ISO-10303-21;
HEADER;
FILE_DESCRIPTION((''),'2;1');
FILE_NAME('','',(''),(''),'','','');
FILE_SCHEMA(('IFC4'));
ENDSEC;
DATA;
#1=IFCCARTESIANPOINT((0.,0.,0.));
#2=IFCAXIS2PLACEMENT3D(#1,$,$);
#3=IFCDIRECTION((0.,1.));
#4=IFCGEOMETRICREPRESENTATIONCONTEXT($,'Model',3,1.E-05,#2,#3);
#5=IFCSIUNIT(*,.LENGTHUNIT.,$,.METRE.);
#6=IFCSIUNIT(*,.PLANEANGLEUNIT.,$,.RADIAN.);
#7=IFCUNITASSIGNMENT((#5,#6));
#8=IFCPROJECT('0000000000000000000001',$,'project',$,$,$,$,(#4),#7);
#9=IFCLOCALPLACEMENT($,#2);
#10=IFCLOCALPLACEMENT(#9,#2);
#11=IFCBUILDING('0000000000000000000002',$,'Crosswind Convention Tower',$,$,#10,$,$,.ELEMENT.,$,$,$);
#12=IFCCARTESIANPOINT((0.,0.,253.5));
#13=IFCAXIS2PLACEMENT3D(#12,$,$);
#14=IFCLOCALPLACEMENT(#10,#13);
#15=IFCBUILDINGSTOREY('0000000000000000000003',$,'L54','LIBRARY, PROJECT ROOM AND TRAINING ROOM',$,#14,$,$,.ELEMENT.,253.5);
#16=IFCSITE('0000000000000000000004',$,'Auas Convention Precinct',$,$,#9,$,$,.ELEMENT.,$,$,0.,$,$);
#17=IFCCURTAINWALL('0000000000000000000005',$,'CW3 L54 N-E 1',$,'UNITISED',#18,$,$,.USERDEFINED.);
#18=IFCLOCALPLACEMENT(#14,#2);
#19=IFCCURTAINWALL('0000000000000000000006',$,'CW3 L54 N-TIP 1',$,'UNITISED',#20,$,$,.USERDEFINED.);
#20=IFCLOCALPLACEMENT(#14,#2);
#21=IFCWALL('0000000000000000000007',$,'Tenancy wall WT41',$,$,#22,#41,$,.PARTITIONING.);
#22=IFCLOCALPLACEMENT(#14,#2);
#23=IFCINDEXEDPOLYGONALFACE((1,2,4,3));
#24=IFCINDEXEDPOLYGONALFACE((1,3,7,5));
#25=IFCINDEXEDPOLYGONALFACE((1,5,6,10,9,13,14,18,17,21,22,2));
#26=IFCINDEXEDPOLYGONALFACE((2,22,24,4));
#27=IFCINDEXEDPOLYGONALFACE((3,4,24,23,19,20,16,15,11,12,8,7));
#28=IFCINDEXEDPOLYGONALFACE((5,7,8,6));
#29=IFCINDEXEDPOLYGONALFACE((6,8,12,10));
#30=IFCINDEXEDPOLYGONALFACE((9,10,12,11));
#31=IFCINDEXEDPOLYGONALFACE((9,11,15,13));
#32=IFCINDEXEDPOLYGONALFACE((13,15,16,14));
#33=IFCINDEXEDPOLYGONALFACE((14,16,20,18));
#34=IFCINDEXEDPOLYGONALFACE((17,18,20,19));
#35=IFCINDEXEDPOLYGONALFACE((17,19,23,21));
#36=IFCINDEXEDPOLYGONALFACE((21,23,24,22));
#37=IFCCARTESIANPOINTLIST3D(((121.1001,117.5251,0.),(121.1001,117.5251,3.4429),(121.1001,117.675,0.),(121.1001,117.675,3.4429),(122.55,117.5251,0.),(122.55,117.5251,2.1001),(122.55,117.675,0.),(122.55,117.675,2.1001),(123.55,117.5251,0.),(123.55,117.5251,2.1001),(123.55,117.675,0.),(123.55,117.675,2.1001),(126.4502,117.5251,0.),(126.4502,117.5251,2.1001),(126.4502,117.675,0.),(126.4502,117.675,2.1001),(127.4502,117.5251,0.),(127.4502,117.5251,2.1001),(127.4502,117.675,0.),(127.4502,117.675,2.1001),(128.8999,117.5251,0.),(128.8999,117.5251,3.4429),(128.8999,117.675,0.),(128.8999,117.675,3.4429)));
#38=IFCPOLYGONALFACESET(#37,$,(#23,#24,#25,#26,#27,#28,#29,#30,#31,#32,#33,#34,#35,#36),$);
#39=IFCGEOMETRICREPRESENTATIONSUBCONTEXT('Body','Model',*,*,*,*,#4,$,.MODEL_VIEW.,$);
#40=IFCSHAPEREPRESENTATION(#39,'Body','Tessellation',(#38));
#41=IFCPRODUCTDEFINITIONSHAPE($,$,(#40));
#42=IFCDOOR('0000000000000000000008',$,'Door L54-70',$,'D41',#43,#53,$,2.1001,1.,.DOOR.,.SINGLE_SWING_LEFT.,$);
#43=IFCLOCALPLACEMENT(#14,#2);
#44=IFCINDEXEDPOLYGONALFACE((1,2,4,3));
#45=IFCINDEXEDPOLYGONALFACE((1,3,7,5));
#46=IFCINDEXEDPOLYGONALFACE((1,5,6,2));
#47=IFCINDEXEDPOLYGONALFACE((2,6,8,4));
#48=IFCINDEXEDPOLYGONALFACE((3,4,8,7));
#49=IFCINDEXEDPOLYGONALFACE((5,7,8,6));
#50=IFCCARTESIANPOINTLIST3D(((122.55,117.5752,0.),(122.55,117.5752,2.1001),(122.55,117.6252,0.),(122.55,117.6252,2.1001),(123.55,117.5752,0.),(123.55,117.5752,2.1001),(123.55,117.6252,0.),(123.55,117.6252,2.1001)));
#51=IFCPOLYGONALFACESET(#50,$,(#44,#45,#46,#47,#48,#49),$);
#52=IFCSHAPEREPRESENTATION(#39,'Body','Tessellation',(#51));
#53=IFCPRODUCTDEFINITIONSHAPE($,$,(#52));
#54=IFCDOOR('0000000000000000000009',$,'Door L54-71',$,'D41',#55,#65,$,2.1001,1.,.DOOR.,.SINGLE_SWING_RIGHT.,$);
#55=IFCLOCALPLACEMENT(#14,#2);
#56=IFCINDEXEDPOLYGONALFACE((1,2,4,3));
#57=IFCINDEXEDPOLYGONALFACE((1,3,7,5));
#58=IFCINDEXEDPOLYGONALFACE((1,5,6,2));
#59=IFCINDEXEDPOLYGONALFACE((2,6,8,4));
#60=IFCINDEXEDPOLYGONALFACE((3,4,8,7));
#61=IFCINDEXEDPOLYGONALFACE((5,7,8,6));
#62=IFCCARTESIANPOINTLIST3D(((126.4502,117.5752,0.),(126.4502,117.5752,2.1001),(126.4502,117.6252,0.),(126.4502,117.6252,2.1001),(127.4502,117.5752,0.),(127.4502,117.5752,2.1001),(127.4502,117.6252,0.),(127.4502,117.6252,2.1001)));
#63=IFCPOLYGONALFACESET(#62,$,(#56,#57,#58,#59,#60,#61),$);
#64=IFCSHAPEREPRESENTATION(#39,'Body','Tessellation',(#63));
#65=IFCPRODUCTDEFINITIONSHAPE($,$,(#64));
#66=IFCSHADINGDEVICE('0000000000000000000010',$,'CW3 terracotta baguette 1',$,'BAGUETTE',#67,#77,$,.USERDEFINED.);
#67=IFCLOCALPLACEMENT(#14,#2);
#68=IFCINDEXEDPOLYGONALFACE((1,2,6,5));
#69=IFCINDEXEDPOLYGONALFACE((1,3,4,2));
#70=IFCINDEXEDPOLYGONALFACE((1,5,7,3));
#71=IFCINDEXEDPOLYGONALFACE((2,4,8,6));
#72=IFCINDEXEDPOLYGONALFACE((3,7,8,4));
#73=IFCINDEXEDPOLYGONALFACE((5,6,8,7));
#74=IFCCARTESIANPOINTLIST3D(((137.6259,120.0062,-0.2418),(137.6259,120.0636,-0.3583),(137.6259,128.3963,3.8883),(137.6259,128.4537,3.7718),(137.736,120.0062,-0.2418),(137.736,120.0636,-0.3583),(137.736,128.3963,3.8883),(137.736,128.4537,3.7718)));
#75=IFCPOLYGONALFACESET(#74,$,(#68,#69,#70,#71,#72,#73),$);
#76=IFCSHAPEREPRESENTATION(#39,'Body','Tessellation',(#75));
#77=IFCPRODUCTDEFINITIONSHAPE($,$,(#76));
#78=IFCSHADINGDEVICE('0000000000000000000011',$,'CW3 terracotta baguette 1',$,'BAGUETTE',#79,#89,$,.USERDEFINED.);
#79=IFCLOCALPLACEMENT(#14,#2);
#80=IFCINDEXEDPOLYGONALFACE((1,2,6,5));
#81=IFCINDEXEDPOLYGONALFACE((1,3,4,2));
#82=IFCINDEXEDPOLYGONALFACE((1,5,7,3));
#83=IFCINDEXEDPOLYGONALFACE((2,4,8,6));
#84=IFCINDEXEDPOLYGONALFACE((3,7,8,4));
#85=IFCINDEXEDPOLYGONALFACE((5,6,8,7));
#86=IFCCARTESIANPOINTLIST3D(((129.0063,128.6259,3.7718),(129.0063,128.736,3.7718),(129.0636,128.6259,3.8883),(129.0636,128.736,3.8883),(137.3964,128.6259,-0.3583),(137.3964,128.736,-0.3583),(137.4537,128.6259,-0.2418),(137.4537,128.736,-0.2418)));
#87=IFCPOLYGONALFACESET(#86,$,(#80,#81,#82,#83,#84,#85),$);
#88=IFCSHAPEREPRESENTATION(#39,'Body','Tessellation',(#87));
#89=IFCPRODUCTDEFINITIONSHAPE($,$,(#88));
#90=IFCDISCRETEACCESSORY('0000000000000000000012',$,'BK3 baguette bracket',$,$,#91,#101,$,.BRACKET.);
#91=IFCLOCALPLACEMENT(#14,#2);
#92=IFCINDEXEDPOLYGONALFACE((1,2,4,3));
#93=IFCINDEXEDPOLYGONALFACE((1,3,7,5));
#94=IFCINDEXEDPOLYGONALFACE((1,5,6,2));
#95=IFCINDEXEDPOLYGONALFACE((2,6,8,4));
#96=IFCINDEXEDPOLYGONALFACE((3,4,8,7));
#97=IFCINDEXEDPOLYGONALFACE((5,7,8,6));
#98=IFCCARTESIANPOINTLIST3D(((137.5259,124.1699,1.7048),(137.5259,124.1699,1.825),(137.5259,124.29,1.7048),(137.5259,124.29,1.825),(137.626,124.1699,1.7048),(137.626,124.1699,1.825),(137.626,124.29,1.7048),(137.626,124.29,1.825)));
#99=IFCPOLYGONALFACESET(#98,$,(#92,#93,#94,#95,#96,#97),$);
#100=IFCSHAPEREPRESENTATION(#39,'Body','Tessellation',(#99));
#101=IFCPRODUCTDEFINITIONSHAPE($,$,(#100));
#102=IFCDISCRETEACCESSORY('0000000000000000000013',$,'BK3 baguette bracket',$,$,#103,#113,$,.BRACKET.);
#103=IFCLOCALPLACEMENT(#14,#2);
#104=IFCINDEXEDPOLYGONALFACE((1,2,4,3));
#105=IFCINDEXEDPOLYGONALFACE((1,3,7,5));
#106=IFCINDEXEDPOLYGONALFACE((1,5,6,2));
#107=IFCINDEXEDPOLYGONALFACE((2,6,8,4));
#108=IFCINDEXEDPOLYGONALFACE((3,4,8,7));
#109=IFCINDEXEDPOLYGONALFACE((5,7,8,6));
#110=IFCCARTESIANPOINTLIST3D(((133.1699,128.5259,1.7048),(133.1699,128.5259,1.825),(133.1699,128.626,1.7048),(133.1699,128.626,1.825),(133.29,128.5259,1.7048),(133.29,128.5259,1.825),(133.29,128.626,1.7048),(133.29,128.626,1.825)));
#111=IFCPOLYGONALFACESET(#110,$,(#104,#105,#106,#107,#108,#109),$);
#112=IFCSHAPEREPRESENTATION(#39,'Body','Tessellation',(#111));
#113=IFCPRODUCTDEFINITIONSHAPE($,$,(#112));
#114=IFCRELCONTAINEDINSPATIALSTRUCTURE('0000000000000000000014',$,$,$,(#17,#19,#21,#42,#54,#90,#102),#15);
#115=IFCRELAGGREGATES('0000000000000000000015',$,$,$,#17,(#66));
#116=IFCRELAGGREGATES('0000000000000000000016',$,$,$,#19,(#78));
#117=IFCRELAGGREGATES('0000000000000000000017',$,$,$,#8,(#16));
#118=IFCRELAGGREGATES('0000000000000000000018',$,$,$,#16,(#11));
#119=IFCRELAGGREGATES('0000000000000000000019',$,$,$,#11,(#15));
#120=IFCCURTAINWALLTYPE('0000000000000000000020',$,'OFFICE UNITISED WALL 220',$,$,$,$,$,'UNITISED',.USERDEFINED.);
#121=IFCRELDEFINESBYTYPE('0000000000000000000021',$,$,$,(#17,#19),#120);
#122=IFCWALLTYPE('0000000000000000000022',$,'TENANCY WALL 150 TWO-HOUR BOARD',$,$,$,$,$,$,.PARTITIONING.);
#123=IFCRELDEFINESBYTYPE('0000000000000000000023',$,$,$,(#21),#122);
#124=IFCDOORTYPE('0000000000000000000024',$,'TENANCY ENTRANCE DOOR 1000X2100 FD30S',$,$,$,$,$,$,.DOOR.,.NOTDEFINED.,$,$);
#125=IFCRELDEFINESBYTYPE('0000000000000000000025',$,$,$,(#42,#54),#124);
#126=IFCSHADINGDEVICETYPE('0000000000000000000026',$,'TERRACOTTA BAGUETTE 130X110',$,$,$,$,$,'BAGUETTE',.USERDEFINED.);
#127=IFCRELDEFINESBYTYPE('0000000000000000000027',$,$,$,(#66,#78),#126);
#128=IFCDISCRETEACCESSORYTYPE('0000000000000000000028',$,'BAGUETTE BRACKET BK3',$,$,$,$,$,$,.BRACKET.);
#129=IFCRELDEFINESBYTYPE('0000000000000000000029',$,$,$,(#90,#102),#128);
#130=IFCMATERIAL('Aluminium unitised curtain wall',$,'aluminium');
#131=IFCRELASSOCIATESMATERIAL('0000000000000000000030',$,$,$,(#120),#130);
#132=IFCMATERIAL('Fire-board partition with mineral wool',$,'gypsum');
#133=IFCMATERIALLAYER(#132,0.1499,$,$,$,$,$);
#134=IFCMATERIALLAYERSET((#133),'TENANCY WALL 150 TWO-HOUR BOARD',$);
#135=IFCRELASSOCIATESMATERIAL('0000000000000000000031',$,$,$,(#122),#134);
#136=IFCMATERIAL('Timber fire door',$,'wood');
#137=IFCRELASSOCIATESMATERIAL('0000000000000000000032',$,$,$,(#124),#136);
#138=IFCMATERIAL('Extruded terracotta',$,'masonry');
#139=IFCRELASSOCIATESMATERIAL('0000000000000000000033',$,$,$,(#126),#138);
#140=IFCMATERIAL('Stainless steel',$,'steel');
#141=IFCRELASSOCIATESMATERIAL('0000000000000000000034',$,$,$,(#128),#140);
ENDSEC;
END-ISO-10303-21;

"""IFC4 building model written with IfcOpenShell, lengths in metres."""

from ifc_helpers import new_model, si_unit, direction, frame, frame_2d, origin, origin_2d, place, context, subcontext, project, spatial, rectangle, extrude, material, layer, layer_set, material_profile, profile_set, type_object, element, fill, aggregate, save


model = new_model("IFC4")

# Units and contexts
model_context = context("Model", 3, precision=1e-05, world=origin(), true_north=direction((0.0, 1.0)))
body_context = subcontext(model_context, "Body", "Model", "MODEL_VIEW")
ifc_project = project(units=[si_unit("LENGTHUNIT", "METRE"), si_unit("PLANEANGLEUNIT", "RADIAN")], contexts=[model_context])

# Site, building, storey
site_placement = place(None, origin())
site = spatial("IfcSite", under=ifc_project, at=site_placement, Name="Auas Convention Precinct", CompositionType="ELEMENT", RefElevation=0.0)
building_placement = place(site_placement, origin())
building = spatial("IfcBuilding", under=site, at=building_placement, Name="Crosswind Convention Tower", CompositionType="ELEMENT")
storey_placement = place(building_placement, frame((0.0, 0.0, 253.5)))
storey = spatial("IfcBuildingStorey", under=building, at=storey_placement, Name="L54", Description="LIBRARY, PROJECT ROOM AND TRAINING ROOM", CompositionType="ELEMENT", Elevation=253.5)

# Curtain wall
ifc_material_1 = material(Name="Aluminium unitised curtain wall", Category="aluminium")
curtain_wall_type_1 = type_object("IfcCurtainWallType", Name="OFFICE UNITISED WALL 220", ElementType="UNITISED", PredefinedType="USERDEFINED", material=ifc_material_1)
curtain_wall_1_placement = place(storey_placement, origin())
curtain_wall_1 = element("IfcCurtainWall", 1, at=curtain_wall_1_placement, inside=storey, type_object=curtain_wall_type_1, Name="CW3 L54 N-E 1", ObjectType="UNITISED", PredefinedType="USERDEFINED")

# Curtain wall
curtain_wall_2_placement = place(storey_placement, origin())
curtain_wall_2 = element("IfcCurtainWall", 2, at=curtain_wall_2_placement, inside=storey, type_object=curtain_wall_type_1, Name="CW3 L54 N-TIP 1", ObjectType="UNITISED", PredefinedType="USERDEFINED")

# Wall, openings, doors
ifc_material_2 = material(Name="Fire-board partition with mineral wool", Category="gypsum")
ifc_layer_1 = layer(ifc_material_2, 0.1499)
ifc_layer_set_1 = layer_set([ifc_layer_1], Name="TENANCY WALL 150 TWO-HOUR BOARD")
wall_type_1 = type_object("IfcWallType", Name="TENANCY WALL 150 TWO-HOUR BOARD", PredefinedType="PARTITIONING", material=ifc_layer_set_1)
wall_1_placement = place(storey_placement, frame((121.1001, 117.6001, 0.0), z_axis=(0.0, 0.0, 1.0), x_axis=(1.0, 0.0, 0.0)))
wall_1 = element("IfcWall", 3, at=wall_1_placement, inside=storey, type_object=wall_type_1, Name="Tenancy wall WT41", PredefinedType="PARTITIONING", context=body_context, shape_type="SweptSolid", body=[
    extrude(rectangle(XDim=7.7998, YDim=0.1499, at=frame_2d((3.8999, 0.0))), origin(), (0.0, 0.0, 1.0), 3.4429),
])
opening_1_placement = place(wall_1_placement, frame((1.45, 0.0, 0.0)))
opening_1 = element("IfcOpeningElement", 4, at=opening_1_placement, cuts=wall_1, PredefinedType="OPENING", context=body_context, shape_type="SweptSolid", body=[
    extrude(rectangle(XDim=1.0, YDim=2.1001, at=frame_2d((0.5, 1.05))), frame((0.0, 0.085, 0.0), z_axis=(0.0, -1.0, 0.0), x_axis=(1.0, 0.0, 0.0)), (0.0, 0.0, 1.0), 0.1699),
])
opening_2_placement = place(wall_1_placement, frame((5.3501, 0.0, 0.0)))
opening_2 = element("IfcOpeningElement", 5, at=opening_2_placement, cuts=wall_1, PredefinedType="OPENING", context=body_context, shape_type="SweptSolid", body=[
    extrude(rectangle(XDim=1.0, YDim=2.1001, at=frame_2d((0.5, 1.05))), frame((0.0, 0.085, 0.0), z_axis=(0.0, -1.0, 0.0), x_axis=(1.0, 0.0, 0.0)), (0.0, 0.0, 1.0), 0.1699),
])
ifc_material_3 = material(Name="Timber fire door", Category="wood")
door_type = type_object("IfcDoorType", Name="TENANCY ENTRANCE DOOR 1000X2100 FD30S", OperationType="NOTDEFINED", PredefinedType="DOOR", material=ifc_material_3)
door_1_placement = place(opening_1_placement, frame((1.0, 0.0, 0.0), z_axis=(0.0, 0.0, 1.0), x_axis=(-1.0, 0.0, 0.0)))
door_1 = element("IfcDoor", 6, at=door_1_placement, inside=storey, type_object=door_type, Name="Door L54-70", ObjectType="D41", OperationType="SINGLE_SWING_LEFT", OverallHeight=2.1001, OverallWidth=1.0, PredefinedType="DOOR", context=body_context, shape_type="SweptSolid", body=[
    extrude(rectangle(XDim=1.0, YDim=2.1001, at=frame_2d((0.5, 1.05))), frame((0.0, 0.0249, 0.0), z_axis=(0.0, -1.0, 0.0), x_axis=(1.0, 0.0, 0.0)), (0.0, 0.0, 1.0), 0.05),
])
fill(opening_1, door_1)
door_2_placement = place(opening_2_placement, frame((1.0, 0.0, 0.0), z_axis=(0.0, 0.0, 1.0), x_axis=(-1.0, 0.0, 0.0)))
door_2 = element("IfcDoor", 7, at=door_2_placement, inside=storey, type_object=door_type, Name="Door L54-71", ObjectType="D41", OperationType="SINGLE_SWING_RIGHT", OverallHeight=2.1001, OverallWidth=1.0, PredefinedType="DOOR", context=body_context, shape_type="SweptSolid", body=[
    extrude(rectangle(XDim=1.0, YDim=2.1001, at=frame_2d((0.5, 1.05))), frame((0.0, 0.0249, 0.0), z_axis=(0.0, -1.0, 0.0), x_axis=(1.0, 0.0, 0.0)), (0.0, 0.0, 1.0), 0.05),
])
fill(opening_2, door_2)

# Shading devices
ifc_material_4 = material(Name="Extruded terracotta", Category="masonry")
ifc_material_profile_1 = material_profile(ifc_material_4, rectangle(XDim=0.1101, YDim=0.1299, at=origin_2d()), Name="TC 110X130")
ifc_profile_set_1 = profile_set([ifc_material_profile_1], Name="Extruded terracotta")
shading_device_type = type_object("IfcShadingDeviceType", Name="TERRACOTTA BAGUETTE 130X110", ElementType="BAGUETTE", PredefinedType="USERDEFINED", material=ifc_profile_set_1)
shading_device_1_placement = place(storey_placement, frame((137.6809, 120.0349, -0.3), z_axis=(0.0, 0.897188, 0.441649), x_axis=(-1.0, 0.0, 0.0)))
shading_device_1 = element("IfcShadingDevice", 8, at=shading_device_1_placement, type_object=shading_device_type, Name="CW3 terracotta baguette 1", ObjectType="BAGUETTE", PredefinedType="USERDEFINED", context=body_context, shape_type="SweptSolid", body=[
    extrude(rectangle(XDim=0.1101, YDim=0.1299, at=origin_2d()), origin(), (0.0, 0.0, 1.0), 9.3516),
])
aggregate(curtain_wall_1, [shading_device_1])
shading_device_2_placement = place(storey_placement, frame((137.425, 128.6809, -0.3), z_axis=(-0.897188, 0.0, 0.441649), x_axis=(0.0, -1.0, 0.0)))
shading_device_2 = element("IfcShadingDevice", 9, at=shading_device_2_placement, type_object=shading_device_type, Name="CW3 terracotta baguette 1", ObjectType="BAGUETTE", PredefinedType="USERDEFINED", context=body_context, shape_type="SweptSolid", body=[
    extrude(rectangle(XDim=0.1101, YDim=0.1299, at=origin_2d()), origin(), (0.0, 0.0, 1.0), 9.3516),
])
aggregate(curtain_wall_2, [shading_device_2])

# Discrete accessories
ifc_material_5 = material(Name="Stainless steel", Category="steel")
discrete_accessory_type = type_object("IfcDiscreteAccessoryType", Name="BAGUETTE BRACKET BK3", PredefinedType="BRACKET", material=ifc_material_5)
for number, where, z_axis, x_axis, name in (
    (10, (137.5759, 124.23, 1.7048), (0.0, 0.0, 1.0), (0.0, 1.0, 0.0), "BK3 baguette bracket"),
    (11, (133.23, 128.5759, 1.7048), (0.0, 0.0, 1.0), (-1.0, 0.0, 0.0), "BK3 baguette bracket"),
):
    element("IfcDiscreteAccessory", number, at=place(storey_placement, frame(where, z_axis=z_axis, x_axis=x_axis)), inside=storey, type_object=discrete_accessory_type, Name=name, PredefinedType="BRACKET", context=body_context, shape_type="SweptSolid", body=[
        extrude(rectangle(XDim=0.1201, YDim=0.1001, at=origin_2d()), origin(), (0.0, 0.0, 1.0), 0.1201),
    ])

save(model, "model.ifc")
